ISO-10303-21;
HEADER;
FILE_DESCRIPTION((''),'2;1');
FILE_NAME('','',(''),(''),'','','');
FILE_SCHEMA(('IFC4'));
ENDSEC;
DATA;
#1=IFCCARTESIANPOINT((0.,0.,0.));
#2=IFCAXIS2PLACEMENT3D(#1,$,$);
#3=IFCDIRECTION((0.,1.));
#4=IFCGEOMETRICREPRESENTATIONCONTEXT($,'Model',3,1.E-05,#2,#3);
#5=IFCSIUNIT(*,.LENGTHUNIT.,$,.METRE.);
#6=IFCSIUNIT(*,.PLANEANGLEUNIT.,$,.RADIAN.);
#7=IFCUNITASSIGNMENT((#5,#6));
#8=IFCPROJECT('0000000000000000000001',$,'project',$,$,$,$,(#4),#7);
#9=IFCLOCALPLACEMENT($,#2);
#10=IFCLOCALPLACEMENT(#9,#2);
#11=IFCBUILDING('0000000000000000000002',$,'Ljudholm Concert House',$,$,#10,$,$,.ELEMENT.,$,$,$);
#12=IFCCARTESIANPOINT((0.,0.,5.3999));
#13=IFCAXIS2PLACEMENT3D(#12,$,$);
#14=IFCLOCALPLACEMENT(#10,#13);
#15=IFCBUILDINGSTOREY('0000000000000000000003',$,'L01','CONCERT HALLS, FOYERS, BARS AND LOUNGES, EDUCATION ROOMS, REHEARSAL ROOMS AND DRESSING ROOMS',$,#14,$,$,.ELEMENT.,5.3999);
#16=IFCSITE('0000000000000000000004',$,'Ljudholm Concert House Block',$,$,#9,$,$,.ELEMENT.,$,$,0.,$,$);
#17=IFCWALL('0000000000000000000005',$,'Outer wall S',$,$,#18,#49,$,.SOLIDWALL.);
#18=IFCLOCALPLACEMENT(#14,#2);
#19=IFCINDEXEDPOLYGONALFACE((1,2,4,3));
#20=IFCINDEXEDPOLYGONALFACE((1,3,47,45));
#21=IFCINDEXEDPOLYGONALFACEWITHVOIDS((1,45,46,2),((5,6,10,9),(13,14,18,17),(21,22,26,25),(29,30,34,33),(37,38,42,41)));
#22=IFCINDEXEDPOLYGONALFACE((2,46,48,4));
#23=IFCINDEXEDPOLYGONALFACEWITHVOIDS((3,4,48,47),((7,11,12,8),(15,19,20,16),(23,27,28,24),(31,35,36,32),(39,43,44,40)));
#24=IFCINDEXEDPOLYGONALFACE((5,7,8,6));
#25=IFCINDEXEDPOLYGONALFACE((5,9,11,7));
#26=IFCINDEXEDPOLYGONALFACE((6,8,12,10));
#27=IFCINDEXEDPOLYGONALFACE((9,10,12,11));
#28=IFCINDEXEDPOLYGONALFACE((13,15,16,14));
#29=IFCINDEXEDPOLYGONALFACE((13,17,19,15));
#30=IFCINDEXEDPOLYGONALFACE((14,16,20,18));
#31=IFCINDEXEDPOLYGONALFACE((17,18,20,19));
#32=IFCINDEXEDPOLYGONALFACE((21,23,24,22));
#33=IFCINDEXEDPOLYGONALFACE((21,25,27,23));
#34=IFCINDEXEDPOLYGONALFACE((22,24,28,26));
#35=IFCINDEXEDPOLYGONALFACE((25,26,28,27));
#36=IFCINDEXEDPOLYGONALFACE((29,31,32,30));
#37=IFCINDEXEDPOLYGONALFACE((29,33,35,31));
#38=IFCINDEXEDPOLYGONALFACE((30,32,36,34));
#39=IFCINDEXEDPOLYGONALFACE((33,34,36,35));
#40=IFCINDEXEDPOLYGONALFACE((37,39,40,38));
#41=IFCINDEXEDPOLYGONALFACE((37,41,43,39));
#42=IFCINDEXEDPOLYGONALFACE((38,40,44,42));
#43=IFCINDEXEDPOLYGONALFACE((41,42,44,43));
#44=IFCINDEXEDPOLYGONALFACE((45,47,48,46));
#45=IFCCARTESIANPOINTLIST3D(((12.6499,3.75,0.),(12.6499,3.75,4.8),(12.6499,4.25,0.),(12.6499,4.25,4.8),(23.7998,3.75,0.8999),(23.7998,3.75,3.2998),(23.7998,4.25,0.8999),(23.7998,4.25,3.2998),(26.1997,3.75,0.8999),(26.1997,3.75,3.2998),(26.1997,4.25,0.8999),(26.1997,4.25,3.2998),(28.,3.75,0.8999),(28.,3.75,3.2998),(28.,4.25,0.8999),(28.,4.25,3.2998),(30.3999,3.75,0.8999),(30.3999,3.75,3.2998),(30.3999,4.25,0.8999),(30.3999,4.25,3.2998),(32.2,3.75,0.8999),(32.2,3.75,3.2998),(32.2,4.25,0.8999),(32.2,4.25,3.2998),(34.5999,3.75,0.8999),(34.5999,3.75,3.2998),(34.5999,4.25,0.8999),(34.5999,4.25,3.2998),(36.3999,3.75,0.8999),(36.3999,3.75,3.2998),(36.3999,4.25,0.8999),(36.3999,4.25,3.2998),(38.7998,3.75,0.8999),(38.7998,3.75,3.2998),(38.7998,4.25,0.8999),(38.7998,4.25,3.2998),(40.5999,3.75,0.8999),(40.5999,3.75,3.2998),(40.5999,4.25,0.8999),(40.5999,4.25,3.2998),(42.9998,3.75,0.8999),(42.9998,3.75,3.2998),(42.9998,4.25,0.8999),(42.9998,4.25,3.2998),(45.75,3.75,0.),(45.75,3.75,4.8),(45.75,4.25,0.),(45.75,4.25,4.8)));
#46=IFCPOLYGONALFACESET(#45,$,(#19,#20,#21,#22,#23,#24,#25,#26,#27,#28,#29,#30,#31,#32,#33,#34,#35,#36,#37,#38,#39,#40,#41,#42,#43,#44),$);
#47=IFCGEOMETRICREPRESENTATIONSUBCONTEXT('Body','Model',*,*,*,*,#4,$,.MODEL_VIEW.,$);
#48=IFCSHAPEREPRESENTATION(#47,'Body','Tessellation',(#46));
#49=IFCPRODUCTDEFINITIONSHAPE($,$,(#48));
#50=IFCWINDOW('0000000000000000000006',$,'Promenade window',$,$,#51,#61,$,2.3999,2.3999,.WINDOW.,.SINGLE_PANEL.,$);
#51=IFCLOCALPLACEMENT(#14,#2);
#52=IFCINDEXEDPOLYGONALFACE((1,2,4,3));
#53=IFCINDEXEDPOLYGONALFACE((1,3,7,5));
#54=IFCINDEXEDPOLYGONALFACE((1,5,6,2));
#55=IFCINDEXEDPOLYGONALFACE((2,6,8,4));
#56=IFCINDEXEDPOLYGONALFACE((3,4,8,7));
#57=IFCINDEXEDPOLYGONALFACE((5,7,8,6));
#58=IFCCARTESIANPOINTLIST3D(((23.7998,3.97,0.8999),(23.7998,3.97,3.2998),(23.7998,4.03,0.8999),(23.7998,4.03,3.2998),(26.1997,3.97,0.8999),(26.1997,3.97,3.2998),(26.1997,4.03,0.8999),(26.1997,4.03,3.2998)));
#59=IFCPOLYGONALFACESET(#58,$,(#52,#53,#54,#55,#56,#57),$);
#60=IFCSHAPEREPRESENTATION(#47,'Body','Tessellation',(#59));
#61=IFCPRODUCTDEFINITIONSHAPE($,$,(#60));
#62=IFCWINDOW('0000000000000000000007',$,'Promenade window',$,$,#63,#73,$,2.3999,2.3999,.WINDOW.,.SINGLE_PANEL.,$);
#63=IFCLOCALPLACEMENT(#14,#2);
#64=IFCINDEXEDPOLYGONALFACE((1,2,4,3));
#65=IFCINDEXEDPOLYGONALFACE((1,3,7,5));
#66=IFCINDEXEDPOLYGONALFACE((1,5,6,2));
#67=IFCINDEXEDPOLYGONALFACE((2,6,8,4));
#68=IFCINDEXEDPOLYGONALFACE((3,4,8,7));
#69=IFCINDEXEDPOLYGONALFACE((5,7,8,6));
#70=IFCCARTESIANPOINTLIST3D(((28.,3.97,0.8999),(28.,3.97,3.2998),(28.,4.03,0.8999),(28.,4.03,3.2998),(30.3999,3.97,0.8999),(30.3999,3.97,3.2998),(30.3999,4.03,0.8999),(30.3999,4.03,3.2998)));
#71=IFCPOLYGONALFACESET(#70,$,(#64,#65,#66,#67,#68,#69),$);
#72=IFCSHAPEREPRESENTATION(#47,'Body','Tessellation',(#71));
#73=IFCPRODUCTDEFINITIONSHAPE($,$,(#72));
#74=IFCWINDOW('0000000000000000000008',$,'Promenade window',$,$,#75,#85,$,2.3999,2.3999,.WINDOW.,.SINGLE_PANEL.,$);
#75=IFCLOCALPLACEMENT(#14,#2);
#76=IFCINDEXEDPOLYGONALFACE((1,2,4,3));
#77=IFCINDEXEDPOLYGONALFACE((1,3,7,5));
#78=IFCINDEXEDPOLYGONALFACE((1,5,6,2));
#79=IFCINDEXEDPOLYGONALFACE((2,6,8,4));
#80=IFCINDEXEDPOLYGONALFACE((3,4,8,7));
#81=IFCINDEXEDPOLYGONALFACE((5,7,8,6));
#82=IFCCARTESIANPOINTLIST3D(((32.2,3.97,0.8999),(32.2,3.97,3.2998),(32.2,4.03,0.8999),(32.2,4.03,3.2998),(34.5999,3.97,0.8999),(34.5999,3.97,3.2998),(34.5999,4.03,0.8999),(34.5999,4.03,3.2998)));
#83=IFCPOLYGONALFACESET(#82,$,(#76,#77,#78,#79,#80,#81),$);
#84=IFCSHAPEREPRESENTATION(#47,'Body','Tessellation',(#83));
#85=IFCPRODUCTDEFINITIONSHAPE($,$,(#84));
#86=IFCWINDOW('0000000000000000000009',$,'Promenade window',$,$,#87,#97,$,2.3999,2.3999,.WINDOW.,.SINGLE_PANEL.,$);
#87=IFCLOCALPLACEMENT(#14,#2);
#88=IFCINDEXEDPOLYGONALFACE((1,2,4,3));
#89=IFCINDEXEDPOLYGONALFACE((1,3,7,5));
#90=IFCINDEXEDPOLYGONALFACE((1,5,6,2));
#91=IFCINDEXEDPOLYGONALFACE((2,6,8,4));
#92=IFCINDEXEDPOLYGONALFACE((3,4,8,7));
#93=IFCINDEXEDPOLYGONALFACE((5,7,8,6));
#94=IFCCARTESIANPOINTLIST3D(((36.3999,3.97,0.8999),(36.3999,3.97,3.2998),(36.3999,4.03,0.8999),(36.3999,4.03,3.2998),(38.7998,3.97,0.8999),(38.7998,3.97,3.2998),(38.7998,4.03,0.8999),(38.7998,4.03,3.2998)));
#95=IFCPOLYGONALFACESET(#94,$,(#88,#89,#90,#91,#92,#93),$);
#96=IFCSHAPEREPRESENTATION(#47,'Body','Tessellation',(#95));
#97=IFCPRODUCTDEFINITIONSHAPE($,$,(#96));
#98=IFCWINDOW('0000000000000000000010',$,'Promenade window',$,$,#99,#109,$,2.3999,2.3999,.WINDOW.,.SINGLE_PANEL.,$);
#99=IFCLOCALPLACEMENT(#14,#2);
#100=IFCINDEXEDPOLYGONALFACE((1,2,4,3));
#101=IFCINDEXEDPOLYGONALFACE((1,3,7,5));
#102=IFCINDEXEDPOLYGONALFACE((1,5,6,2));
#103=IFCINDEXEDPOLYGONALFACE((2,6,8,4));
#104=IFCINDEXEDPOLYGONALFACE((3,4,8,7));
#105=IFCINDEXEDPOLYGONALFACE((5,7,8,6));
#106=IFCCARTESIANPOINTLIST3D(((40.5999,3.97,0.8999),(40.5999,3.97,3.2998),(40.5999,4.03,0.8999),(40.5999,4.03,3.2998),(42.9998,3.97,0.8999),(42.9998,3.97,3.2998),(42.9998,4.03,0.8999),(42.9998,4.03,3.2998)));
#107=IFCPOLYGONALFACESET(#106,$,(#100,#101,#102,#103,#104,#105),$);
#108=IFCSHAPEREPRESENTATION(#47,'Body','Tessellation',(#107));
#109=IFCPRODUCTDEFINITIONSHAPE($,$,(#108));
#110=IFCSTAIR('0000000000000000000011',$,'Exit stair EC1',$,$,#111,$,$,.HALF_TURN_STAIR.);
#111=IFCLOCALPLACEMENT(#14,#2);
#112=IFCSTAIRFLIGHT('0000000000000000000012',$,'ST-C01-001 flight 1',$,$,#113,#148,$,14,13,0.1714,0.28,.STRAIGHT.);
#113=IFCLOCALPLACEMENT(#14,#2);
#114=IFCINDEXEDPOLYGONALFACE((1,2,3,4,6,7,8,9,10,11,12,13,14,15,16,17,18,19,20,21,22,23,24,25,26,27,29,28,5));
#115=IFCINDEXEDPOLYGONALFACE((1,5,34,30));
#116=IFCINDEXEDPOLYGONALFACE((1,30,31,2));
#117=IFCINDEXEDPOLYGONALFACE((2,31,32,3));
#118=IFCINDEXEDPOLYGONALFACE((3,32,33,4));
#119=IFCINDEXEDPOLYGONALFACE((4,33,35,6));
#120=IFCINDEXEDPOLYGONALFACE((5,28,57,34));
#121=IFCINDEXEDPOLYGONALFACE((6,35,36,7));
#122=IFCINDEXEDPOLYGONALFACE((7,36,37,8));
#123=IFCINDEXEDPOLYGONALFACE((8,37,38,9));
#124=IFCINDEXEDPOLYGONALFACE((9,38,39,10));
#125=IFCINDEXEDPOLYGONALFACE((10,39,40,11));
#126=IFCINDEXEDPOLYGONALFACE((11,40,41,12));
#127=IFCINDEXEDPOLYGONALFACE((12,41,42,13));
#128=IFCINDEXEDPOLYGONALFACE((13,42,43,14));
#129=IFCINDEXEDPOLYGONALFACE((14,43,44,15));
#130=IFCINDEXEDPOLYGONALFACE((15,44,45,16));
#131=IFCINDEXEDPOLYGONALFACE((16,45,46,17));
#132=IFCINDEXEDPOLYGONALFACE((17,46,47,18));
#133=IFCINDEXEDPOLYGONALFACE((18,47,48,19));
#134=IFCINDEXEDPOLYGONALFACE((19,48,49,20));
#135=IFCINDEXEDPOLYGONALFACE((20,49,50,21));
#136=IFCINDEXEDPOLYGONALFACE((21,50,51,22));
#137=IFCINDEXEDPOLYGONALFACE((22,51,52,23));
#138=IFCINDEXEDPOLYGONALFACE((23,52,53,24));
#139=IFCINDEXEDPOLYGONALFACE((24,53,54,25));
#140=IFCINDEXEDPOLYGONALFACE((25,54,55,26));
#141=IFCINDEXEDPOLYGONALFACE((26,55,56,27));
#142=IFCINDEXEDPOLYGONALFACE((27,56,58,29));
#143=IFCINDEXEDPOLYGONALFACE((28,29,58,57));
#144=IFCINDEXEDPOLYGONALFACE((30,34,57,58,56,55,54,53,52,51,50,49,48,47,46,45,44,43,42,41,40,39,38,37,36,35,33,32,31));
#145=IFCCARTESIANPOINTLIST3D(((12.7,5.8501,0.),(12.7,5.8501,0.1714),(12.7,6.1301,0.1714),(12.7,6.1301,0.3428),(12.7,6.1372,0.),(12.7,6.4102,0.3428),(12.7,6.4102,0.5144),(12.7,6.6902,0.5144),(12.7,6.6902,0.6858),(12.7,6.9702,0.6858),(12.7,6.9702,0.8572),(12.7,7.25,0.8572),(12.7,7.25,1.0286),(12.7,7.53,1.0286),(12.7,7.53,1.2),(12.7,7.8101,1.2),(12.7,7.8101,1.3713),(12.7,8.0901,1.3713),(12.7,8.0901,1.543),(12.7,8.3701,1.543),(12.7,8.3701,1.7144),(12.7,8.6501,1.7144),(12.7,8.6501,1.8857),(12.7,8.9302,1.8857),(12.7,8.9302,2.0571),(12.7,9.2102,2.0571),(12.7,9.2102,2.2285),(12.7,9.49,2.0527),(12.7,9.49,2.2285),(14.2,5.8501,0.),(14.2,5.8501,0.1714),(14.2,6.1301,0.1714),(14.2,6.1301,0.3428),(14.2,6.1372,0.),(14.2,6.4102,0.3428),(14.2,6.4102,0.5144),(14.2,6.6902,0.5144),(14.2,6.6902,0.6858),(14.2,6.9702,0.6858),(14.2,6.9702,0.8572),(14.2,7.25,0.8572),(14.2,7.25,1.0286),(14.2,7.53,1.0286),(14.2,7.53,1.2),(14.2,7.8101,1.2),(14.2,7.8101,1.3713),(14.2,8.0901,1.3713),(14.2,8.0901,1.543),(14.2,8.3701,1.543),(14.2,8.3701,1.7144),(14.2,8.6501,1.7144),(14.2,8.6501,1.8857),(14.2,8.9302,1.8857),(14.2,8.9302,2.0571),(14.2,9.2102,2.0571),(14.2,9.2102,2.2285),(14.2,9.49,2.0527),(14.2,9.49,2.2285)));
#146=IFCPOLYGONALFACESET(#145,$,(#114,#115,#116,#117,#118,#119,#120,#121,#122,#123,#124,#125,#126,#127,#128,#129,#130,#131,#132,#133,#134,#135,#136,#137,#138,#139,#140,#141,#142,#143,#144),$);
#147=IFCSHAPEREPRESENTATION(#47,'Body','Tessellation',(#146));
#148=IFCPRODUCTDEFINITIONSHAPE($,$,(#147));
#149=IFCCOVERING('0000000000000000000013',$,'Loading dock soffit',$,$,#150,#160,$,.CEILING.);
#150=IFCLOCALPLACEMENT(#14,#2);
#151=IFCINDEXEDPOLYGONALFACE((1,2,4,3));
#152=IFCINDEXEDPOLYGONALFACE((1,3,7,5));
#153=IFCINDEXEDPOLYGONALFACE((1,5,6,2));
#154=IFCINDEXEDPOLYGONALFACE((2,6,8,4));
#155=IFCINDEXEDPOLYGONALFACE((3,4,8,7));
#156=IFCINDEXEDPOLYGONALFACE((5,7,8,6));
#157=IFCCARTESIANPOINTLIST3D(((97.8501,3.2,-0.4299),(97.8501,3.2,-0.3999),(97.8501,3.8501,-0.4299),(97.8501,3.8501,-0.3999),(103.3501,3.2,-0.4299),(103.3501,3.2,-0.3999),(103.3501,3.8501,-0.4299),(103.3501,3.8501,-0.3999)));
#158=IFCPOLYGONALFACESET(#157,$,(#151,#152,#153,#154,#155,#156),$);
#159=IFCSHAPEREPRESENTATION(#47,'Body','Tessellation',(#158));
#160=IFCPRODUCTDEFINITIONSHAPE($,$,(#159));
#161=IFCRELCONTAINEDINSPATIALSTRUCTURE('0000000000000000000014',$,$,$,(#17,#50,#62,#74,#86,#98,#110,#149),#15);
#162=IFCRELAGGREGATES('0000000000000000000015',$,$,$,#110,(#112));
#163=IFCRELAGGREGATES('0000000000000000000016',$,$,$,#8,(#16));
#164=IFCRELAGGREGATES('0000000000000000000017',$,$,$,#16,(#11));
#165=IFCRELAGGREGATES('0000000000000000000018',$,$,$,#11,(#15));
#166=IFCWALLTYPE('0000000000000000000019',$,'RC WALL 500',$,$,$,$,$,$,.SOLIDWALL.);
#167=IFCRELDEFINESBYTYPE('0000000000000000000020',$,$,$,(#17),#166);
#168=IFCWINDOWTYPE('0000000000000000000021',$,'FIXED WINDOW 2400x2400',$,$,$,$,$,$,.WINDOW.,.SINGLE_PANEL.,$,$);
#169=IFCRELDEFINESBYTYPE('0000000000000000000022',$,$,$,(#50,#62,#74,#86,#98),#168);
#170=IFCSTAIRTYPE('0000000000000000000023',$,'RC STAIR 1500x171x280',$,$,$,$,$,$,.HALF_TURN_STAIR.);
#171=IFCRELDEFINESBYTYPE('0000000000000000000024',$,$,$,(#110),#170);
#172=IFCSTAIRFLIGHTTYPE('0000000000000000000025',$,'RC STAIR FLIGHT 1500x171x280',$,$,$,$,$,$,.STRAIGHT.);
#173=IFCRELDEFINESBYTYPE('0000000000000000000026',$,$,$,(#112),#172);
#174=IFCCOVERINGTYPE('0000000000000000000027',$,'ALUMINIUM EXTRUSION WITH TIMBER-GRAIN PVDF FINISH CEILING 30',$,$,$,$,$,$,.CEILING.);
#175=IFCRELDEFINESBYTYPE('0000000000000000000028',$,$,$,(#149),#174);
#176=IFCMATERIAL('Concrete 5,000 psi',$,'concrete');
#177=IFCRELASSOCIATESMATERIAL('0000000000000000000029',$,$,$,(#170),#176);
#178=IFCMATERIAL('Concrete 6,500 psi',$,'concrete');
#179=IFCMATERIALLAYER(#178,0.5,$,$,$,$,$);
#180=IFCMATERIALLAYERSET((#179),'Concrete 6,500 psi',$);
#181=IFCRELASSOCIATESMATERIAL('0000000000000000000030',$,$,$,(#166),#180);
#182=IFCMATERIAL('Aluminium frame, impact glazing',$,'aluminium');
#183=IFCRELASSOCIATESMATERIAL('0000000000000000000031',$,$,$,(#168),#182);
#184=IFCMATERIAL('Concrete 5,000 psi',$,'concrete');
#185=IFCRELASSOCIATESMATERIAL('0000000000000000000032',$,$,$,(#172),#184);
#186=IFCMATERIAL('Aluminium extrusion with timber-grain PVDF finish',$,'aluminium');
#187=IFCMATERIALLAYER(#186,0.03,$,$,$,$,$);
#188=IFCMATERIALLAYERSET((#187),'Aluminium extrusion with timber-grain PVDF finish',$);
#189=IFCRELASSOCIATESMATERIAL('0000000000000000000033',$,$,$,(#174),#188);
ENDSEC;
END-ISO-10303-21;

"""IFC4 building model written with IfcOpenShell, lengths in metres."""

from ifc_helpers import new_model, si_unit, direction, frame, frame_2d, origin, place, context, subcontext, project, spatial, polyline, rectangle, outline, extrude, material, layer, layer_set, type_object, element, fill, aggregate, save


model = new_model("IFC4")

# Units and contexts
model_context = context("Model", 3, precision=1e-05, world=origin(), true_north=direction((0.0, 1.0)))
body_context = subcontext(model_context, "Body", "Model", "MODEL_VIEW")
ifc_project = project(units=[si_unit("LENGTHUNIT", "METRE"), si_unit("PLANEANGLEUNIT", "RADIAN")], contexts=[model_context])

# Site, building, storey
site_placement = place(None, origin())
site = spatial("IfcSite", under=ifc_project, at=site_placement, Name="Ljudholm Concert House Block", CompositionType="ELEMENT", RefElevation=0.0)
building_placement = place(site_placement, origin())
building = spatial("IfcBuilding", under=site, at=building_placement, Name="Ljudholm Concert House", CompositionType="ELEMENT")
storey_placement = place(building_placement, frame((0.0, 0.0, 5.3999)))
storey = spatial("IfcBuildingStorey", under=building, at=storey_placement, Name="L01", Description="CONCERT HALLS, FOYERS, BARS AND LOUNGES, EDUCATION ROOMS, REHEARSAL ROOMS AND DRESSING ROOMS", CompositionType="ELEMENT", Elevation=5.3999)

# Shared definitions
ifc_material_1 = material(Name="Concrete 5,000 psi", Category="concrete")
stair_type = type_object("IfcStairType", Name="RC STAIR 1500x171x280", PredefinedType="HALF_TURN_STAIR", material=ifc_material_1)

# Shared definitions
ifc_material_2 = material(Name="Concrete 6,500 psi", Category="concrete")
ifc_layer_1 = layer(ifc_material_2, 0.5)
ifc_layer_set_1 = layer_set([ifc_layer_1], Name="Concrete 6,500 psi")
wall_type_1 = type_object("IfcWallType", Name="RC WALL 500", PredefinedType="SOLIDWALL", material=ifc_layer_set_1)

# Wall, openings, windows
wall_1_placement = place(storey_placement, frame((12.6499, 4.0, 0.0), z_axis=(0.0, 0.0, 1.0), x_axis=(1.0, 0.0, 0.0)))
wall_1 = element("IfcWall", 1, at=wall_1_placement, inside=storey, type_object=wall_type_1, Name="Outer wall S", PredefinedType="SOLIDWALL", context=body_context, shape_type="SweptSolid", body=[
    extrude(rectangle(XDim=33.1001, YDim=0.5, at=frame_2d((16.55, 0.0))), origin(), (0.0, 0.0, 1.0), 4.8),
])
opening_1_placement = place(wall_1_placement, frame((11.1499, 0.0, 0.8999)))
opening_1 = element("IfcOpeningElement", 2, at=opening_1_placement, cuts=wall_1, PredefinedType="OPENING", context=body_context, shape_type="SweptSolid", body=[
    extrude(rectangle(XDim=2.3999, YDim=2.3999, at=frame_2d((1.2, 1.2))), frame((0.0, 0.26, 0.0), z_axis=(0.0, -1.0, 0.0), x_axis=(1.0, 0.0, 0.0)), (0.0, 0.0, 1.0), 0.52),
])
opening_2_placement = place(wall_1_placement, frame((15.3501, 0.0, 0.8999)))
opening_2 = element("IfcOpeningElement", 3, at=opening_2_placement, cuts=wall_1, PredefinedType="OPENING", context=body_context, shape_type="SweptSolid", body=[
    extrude(rectangle(XDim=2.3999, YDim=2.3999, at=frame_2d((1.2, 1.2))), frame((0.0, 0.26, 0.0), z_axis=(0.0, -1.0, 0.0), x_axis=(1.0, 0.0, 0.0)), (0.0, 0.0, 1.0), 0.52),
])
opening_3_placement = place(wall_1_placement, frame((19.55, 0.0, 0.8999)))
opening_3 = element("IfcOpeningElement", 4, at=opening_3_placement, cuts=wall_1, PredefinedType="OPENING", context=body_context, shape_type="SweptSolid", body=[
    extrude(rectangle(XDim=2.3999, YDim=2.3999, at=frame_2d((1.2, 1.2))), frame((0.0, 0.26, 0.0), z_axis=(0.0, -1.0, 0.0), x_axis=(1.0, 0.0, 0.0)), (0.0, 0.0, 1.0), 0.52),
])
opening_4_placement = place(wall_1_placement, frame((23.75, 0.0, 0.8999)))
opening_4 = element("IfcOpeningElement", 5, at=opening_4_placement, cuts=wall_1, PredefinedType="OPENING", context=body_context, shape_type="SweptSolid", body=[
    extrude(rectangle(XDim=2.3999, YDim=2.3999, at=frame_2d((1.2, 1.2))), frame((0.0, 0.26, 0.0), z_axis=(0.0, -1.0, 0.0), x_axis=(1.0, 0.0, 0.0)), (0.0, 0.0, 1.0), 0.52),
])
opening_5_placement = place(wall_1_placement, frame((27.95, 0.0, 0.8999)))
opening_5 = element("IfcOpeningElement", 6, at=opening_5_placement, cuts=wall_1, PredefinedType="OPENING", context=body_context, shape_type="SweptSolid", body=[
    extrude(rectangle(XDim=2.3999, YDim=2.3999, at=frame_2d((1.2, 1.2))), frame((0.0, 0.26, 0.0), z_axis=(0.0, -1.0, 0.0), x_axis=(1.0, 0.0, 0.0)), (0.0, 0.0, 1.0), 0.52),
])
ifc_material_3 = material(Name="Aluminium frame, impact glazing", Category="aluminium")
window_type = type_object("IfcWindowType", Name="FIXED WINDOW 2400x2400", PartitioningType="SINGLE_PANEL", PredefinedType="WINDOW", material=ifc_material_3)
window_1_placement = place(opening_1_placement, origin())
window_1 = element("IfcWindow", 7, at=window_1_placement, inside=storey, type_object=window_type, Name="Promenade window", OverallHeight=2.3999, OverallWidth=2.3999, PartitioningType="SINGLE_PANEL", PredefinedType="WINDOW", context=body_context, shape_type="SweptSolid", body=[
    extrude(rectangle(XDim=2.3999, YDim=2.3999, at=frame_2d((1.2, 1.2))), frame((0.0, 0.03, 0.0), z_axis=(0.0, -1.0, 0.0), x_axis=(1.0, 0.0, 0.0)), (0.0, 0.0, 1.0), 0.0601),
])
fill(opening_1, window_1)
window_2_placement = place(opening_2_placement, origin())
window_2 = element("IfcWindow", 8, at=window_2_placement, inside=storey, type_object=window_type, Name="Promenade window", OverallHeight=2.3999, OverallWidth=2.3999, PartitioningType="SINGLE_PANEL", PredefinedType="WINDOW", context=body_context, shape_type="SweptSolid", body=[
    extrude(rectangle(XDim=2.3999, YDim=2.3999, at=frame_2d((1.2, 1.2))), frame((0.0, 0.03, 0.0), z_axis=(0.0, -1.0, 0.0), x_axis=(1.0, 0.0, 0.0)), (0.0, 0.0, 1.0), 0.0601),
])
fill(opening_2, window_2)
window_3_placement = place(opening_3_placement, origin())
window_3 = element("IfcWindow", 9, at=window_3_placement, inside=storey, type_object=window_type, Name="Promenade window", OverallHeight=2.3999, OverallWidth=2.3999, PartitioningType="SINGLE_PANEL", PredefinedType="WINDOW", context=body_context, shape_type="SweptSolid", body=[
    extrude(rectangle(XDim=2.3999, YDim=2.3999, at=frame_2d((1.2, 1.2))), frame((0.0, 0.03, 0.0), z_axis=(0.0, -1.0, 0.0), x_axis=(1.0, 0.0, 0.0)), (0.0, 0.0, 1.0), 0.0601),
])
fill(opening_3, window_3)
window_4_placement = place(opening_4_placement, origin())
window_4 = element("IfcWindow", 10, at=window_4_placement, inside=storey, type_object=window_type, Name="Promenade window", OverallHeight=2.3999, OverallWidth=2.3999, PartitioningType="SINGLE_PANEL", PredefinedType="WINDOW", context=body_context, shape_type="SweptSolid", body=[
    extrude(rectangle(XDim=2.3999, YDim=2.3999, at=frame_2d((1.2, 1.2))), frame((0.0, 0.03, 0.0), z_axis=(0.0, -1.0, 0.0), x_axis=(1.0, 0.0, 0.0)), (0.0, 0.0, 1.0), 0.0601),
])
fill(opening_4, window_4)
window_5_placement = place(opening_5_placement, origin())
window_5 = element("IfcWindow", 11, at=window_5_placement, inside=storey, type_object=window_type, Name="Promenade window", OverallHeight=2.3999, OverallWidth=2.3999, PartitioningType="SINGLE_PANEL", PredefinedType="WINDOW", context=body_context, shape_type="SweptSolid", body=[
    extrude(rectangle(XDim=2.3999, YDim=2.3999, at=frame_2d((1.2, 1.2))), frame((0.0, 0.03, 0.0), z_axis=(0.0, -1.0, 0.0), x_axis=(1.0, 0.0, 0.0)), (0.0, 0.0, 1.0), 0.0601),
])
fill(opening_5, window_5)

# Stair, stair flight
stair_1_placement = place(storey_placement, origin())
stair_1 = element("IfcStair", 12, at=stair_1_placement, inside=storey, type_object=stair_type, Name="Exit stair EC1", PredefinedType="HALF_TURN_STAIR")
ifc_material_4 = material(Name="Concrete 5,000 psi", Category="concrete")
stair_flight_type = type_object("IfcStairFlightType", Name="RC STAIR FLIGHT 1500x171x280", PredefinedType="STRAIGHT", material=ifc_material_4)
stair_flight_placement = place(storey_placement, frame((13.45, 5.8501, 0.0), z_axis=(0.0, 0.0, 1.0), x_axis=(0.0, 1.0, 0.0)))
stair_flight = element("IfcStairFlight", 13, at=stair_flight_placement, type_object=stair_flight_type, Name="ST-C01-001 flight 1", NumberOfRisers=14, NumberOfTreads=13, PredefinedType="STRAIGHT", RiserHeight=0.1714, TreadLength=0.28, context=body_context, shape_type="SweptSolid", body=[
    extrude(outline(polyline([(0.0, 0.0), (0.0, 0.1714), (0.28, 0.1714), (0.28, 0.3428), (0.5601, 0.3428), (0.5601, 0.5144), (0.8401, 0.5144), (0.8401, 0.6858), (1.1201, 0.6858), (1.1201, 0.8572), (1.3999, 0.8572), (1.3999, 1.0286), (1.6799, 1.0286), (1.6799, 1.2), (1.96, 1.2), (1.96, 1.3713), (2.24, 1.3713), (2.24, 1.543), (2.52, 1.543), (2.52, 1.7144), (2.8, 1.7144), (2.8, 1.8857), (3.0801, 1.8857), (3.0801, 2.0571), (3.3601, 2.0571), (3.3601, 2.2285), (3.6399, 2.2285), (3.6399, 2.3999), (3.6399, 2.0527), (0.2871, 0.0), (0.0, 0.0)])), frame((0.0, 0.75, 0.0), z_axis=(0.0, -1.0, 0.0), x_axis=(1.0, 0.0, 0.0)), (0.0, 0.0, 1.0), 1.5),
])
aggregate(stair_1, [stair_flight])

# Covering
ifc_material_5 = material(Name="Aluminium extrusion with timber-grain PVDF finish", Category="aluminium")
ifc_layer_2 = layer(ifc_material_5, 0.03)
ifc_layer_set_2 = layer_set([ifc_layer_2], Name="Aluminium extrusion with timber-grain PVDF finish")
covering_type_1 = type_object("IfcCoveringType", Name="ALUMINIUM EXTRUSION WITH TIMBER-GRAIN PVDF FINISH CEILING 30", PredefinedType="CEILING", material=ifc_layer_set_2)
covering_1_placement = place(storey_placement, frame((0.0, 0.0, -0.4299)))
element("IfcCovering", 14, at=covering_1_placement, inside=storey, type_object=covering_type_1, Name="Loading dock soffit", PredefinedType="CEILING", context=body_context, shape_type="SweptSolid", body=[
    extrude(outline(polyline([(97.8501, 3.2), (103.3501, 3.2), (103.3501, 3.8501), (97.8501, 3.8501), (97.8501, 3.2)])), origin(), (0.0, 0.0, 1.0), 0.03),
])

save(model, "model.ifc")
